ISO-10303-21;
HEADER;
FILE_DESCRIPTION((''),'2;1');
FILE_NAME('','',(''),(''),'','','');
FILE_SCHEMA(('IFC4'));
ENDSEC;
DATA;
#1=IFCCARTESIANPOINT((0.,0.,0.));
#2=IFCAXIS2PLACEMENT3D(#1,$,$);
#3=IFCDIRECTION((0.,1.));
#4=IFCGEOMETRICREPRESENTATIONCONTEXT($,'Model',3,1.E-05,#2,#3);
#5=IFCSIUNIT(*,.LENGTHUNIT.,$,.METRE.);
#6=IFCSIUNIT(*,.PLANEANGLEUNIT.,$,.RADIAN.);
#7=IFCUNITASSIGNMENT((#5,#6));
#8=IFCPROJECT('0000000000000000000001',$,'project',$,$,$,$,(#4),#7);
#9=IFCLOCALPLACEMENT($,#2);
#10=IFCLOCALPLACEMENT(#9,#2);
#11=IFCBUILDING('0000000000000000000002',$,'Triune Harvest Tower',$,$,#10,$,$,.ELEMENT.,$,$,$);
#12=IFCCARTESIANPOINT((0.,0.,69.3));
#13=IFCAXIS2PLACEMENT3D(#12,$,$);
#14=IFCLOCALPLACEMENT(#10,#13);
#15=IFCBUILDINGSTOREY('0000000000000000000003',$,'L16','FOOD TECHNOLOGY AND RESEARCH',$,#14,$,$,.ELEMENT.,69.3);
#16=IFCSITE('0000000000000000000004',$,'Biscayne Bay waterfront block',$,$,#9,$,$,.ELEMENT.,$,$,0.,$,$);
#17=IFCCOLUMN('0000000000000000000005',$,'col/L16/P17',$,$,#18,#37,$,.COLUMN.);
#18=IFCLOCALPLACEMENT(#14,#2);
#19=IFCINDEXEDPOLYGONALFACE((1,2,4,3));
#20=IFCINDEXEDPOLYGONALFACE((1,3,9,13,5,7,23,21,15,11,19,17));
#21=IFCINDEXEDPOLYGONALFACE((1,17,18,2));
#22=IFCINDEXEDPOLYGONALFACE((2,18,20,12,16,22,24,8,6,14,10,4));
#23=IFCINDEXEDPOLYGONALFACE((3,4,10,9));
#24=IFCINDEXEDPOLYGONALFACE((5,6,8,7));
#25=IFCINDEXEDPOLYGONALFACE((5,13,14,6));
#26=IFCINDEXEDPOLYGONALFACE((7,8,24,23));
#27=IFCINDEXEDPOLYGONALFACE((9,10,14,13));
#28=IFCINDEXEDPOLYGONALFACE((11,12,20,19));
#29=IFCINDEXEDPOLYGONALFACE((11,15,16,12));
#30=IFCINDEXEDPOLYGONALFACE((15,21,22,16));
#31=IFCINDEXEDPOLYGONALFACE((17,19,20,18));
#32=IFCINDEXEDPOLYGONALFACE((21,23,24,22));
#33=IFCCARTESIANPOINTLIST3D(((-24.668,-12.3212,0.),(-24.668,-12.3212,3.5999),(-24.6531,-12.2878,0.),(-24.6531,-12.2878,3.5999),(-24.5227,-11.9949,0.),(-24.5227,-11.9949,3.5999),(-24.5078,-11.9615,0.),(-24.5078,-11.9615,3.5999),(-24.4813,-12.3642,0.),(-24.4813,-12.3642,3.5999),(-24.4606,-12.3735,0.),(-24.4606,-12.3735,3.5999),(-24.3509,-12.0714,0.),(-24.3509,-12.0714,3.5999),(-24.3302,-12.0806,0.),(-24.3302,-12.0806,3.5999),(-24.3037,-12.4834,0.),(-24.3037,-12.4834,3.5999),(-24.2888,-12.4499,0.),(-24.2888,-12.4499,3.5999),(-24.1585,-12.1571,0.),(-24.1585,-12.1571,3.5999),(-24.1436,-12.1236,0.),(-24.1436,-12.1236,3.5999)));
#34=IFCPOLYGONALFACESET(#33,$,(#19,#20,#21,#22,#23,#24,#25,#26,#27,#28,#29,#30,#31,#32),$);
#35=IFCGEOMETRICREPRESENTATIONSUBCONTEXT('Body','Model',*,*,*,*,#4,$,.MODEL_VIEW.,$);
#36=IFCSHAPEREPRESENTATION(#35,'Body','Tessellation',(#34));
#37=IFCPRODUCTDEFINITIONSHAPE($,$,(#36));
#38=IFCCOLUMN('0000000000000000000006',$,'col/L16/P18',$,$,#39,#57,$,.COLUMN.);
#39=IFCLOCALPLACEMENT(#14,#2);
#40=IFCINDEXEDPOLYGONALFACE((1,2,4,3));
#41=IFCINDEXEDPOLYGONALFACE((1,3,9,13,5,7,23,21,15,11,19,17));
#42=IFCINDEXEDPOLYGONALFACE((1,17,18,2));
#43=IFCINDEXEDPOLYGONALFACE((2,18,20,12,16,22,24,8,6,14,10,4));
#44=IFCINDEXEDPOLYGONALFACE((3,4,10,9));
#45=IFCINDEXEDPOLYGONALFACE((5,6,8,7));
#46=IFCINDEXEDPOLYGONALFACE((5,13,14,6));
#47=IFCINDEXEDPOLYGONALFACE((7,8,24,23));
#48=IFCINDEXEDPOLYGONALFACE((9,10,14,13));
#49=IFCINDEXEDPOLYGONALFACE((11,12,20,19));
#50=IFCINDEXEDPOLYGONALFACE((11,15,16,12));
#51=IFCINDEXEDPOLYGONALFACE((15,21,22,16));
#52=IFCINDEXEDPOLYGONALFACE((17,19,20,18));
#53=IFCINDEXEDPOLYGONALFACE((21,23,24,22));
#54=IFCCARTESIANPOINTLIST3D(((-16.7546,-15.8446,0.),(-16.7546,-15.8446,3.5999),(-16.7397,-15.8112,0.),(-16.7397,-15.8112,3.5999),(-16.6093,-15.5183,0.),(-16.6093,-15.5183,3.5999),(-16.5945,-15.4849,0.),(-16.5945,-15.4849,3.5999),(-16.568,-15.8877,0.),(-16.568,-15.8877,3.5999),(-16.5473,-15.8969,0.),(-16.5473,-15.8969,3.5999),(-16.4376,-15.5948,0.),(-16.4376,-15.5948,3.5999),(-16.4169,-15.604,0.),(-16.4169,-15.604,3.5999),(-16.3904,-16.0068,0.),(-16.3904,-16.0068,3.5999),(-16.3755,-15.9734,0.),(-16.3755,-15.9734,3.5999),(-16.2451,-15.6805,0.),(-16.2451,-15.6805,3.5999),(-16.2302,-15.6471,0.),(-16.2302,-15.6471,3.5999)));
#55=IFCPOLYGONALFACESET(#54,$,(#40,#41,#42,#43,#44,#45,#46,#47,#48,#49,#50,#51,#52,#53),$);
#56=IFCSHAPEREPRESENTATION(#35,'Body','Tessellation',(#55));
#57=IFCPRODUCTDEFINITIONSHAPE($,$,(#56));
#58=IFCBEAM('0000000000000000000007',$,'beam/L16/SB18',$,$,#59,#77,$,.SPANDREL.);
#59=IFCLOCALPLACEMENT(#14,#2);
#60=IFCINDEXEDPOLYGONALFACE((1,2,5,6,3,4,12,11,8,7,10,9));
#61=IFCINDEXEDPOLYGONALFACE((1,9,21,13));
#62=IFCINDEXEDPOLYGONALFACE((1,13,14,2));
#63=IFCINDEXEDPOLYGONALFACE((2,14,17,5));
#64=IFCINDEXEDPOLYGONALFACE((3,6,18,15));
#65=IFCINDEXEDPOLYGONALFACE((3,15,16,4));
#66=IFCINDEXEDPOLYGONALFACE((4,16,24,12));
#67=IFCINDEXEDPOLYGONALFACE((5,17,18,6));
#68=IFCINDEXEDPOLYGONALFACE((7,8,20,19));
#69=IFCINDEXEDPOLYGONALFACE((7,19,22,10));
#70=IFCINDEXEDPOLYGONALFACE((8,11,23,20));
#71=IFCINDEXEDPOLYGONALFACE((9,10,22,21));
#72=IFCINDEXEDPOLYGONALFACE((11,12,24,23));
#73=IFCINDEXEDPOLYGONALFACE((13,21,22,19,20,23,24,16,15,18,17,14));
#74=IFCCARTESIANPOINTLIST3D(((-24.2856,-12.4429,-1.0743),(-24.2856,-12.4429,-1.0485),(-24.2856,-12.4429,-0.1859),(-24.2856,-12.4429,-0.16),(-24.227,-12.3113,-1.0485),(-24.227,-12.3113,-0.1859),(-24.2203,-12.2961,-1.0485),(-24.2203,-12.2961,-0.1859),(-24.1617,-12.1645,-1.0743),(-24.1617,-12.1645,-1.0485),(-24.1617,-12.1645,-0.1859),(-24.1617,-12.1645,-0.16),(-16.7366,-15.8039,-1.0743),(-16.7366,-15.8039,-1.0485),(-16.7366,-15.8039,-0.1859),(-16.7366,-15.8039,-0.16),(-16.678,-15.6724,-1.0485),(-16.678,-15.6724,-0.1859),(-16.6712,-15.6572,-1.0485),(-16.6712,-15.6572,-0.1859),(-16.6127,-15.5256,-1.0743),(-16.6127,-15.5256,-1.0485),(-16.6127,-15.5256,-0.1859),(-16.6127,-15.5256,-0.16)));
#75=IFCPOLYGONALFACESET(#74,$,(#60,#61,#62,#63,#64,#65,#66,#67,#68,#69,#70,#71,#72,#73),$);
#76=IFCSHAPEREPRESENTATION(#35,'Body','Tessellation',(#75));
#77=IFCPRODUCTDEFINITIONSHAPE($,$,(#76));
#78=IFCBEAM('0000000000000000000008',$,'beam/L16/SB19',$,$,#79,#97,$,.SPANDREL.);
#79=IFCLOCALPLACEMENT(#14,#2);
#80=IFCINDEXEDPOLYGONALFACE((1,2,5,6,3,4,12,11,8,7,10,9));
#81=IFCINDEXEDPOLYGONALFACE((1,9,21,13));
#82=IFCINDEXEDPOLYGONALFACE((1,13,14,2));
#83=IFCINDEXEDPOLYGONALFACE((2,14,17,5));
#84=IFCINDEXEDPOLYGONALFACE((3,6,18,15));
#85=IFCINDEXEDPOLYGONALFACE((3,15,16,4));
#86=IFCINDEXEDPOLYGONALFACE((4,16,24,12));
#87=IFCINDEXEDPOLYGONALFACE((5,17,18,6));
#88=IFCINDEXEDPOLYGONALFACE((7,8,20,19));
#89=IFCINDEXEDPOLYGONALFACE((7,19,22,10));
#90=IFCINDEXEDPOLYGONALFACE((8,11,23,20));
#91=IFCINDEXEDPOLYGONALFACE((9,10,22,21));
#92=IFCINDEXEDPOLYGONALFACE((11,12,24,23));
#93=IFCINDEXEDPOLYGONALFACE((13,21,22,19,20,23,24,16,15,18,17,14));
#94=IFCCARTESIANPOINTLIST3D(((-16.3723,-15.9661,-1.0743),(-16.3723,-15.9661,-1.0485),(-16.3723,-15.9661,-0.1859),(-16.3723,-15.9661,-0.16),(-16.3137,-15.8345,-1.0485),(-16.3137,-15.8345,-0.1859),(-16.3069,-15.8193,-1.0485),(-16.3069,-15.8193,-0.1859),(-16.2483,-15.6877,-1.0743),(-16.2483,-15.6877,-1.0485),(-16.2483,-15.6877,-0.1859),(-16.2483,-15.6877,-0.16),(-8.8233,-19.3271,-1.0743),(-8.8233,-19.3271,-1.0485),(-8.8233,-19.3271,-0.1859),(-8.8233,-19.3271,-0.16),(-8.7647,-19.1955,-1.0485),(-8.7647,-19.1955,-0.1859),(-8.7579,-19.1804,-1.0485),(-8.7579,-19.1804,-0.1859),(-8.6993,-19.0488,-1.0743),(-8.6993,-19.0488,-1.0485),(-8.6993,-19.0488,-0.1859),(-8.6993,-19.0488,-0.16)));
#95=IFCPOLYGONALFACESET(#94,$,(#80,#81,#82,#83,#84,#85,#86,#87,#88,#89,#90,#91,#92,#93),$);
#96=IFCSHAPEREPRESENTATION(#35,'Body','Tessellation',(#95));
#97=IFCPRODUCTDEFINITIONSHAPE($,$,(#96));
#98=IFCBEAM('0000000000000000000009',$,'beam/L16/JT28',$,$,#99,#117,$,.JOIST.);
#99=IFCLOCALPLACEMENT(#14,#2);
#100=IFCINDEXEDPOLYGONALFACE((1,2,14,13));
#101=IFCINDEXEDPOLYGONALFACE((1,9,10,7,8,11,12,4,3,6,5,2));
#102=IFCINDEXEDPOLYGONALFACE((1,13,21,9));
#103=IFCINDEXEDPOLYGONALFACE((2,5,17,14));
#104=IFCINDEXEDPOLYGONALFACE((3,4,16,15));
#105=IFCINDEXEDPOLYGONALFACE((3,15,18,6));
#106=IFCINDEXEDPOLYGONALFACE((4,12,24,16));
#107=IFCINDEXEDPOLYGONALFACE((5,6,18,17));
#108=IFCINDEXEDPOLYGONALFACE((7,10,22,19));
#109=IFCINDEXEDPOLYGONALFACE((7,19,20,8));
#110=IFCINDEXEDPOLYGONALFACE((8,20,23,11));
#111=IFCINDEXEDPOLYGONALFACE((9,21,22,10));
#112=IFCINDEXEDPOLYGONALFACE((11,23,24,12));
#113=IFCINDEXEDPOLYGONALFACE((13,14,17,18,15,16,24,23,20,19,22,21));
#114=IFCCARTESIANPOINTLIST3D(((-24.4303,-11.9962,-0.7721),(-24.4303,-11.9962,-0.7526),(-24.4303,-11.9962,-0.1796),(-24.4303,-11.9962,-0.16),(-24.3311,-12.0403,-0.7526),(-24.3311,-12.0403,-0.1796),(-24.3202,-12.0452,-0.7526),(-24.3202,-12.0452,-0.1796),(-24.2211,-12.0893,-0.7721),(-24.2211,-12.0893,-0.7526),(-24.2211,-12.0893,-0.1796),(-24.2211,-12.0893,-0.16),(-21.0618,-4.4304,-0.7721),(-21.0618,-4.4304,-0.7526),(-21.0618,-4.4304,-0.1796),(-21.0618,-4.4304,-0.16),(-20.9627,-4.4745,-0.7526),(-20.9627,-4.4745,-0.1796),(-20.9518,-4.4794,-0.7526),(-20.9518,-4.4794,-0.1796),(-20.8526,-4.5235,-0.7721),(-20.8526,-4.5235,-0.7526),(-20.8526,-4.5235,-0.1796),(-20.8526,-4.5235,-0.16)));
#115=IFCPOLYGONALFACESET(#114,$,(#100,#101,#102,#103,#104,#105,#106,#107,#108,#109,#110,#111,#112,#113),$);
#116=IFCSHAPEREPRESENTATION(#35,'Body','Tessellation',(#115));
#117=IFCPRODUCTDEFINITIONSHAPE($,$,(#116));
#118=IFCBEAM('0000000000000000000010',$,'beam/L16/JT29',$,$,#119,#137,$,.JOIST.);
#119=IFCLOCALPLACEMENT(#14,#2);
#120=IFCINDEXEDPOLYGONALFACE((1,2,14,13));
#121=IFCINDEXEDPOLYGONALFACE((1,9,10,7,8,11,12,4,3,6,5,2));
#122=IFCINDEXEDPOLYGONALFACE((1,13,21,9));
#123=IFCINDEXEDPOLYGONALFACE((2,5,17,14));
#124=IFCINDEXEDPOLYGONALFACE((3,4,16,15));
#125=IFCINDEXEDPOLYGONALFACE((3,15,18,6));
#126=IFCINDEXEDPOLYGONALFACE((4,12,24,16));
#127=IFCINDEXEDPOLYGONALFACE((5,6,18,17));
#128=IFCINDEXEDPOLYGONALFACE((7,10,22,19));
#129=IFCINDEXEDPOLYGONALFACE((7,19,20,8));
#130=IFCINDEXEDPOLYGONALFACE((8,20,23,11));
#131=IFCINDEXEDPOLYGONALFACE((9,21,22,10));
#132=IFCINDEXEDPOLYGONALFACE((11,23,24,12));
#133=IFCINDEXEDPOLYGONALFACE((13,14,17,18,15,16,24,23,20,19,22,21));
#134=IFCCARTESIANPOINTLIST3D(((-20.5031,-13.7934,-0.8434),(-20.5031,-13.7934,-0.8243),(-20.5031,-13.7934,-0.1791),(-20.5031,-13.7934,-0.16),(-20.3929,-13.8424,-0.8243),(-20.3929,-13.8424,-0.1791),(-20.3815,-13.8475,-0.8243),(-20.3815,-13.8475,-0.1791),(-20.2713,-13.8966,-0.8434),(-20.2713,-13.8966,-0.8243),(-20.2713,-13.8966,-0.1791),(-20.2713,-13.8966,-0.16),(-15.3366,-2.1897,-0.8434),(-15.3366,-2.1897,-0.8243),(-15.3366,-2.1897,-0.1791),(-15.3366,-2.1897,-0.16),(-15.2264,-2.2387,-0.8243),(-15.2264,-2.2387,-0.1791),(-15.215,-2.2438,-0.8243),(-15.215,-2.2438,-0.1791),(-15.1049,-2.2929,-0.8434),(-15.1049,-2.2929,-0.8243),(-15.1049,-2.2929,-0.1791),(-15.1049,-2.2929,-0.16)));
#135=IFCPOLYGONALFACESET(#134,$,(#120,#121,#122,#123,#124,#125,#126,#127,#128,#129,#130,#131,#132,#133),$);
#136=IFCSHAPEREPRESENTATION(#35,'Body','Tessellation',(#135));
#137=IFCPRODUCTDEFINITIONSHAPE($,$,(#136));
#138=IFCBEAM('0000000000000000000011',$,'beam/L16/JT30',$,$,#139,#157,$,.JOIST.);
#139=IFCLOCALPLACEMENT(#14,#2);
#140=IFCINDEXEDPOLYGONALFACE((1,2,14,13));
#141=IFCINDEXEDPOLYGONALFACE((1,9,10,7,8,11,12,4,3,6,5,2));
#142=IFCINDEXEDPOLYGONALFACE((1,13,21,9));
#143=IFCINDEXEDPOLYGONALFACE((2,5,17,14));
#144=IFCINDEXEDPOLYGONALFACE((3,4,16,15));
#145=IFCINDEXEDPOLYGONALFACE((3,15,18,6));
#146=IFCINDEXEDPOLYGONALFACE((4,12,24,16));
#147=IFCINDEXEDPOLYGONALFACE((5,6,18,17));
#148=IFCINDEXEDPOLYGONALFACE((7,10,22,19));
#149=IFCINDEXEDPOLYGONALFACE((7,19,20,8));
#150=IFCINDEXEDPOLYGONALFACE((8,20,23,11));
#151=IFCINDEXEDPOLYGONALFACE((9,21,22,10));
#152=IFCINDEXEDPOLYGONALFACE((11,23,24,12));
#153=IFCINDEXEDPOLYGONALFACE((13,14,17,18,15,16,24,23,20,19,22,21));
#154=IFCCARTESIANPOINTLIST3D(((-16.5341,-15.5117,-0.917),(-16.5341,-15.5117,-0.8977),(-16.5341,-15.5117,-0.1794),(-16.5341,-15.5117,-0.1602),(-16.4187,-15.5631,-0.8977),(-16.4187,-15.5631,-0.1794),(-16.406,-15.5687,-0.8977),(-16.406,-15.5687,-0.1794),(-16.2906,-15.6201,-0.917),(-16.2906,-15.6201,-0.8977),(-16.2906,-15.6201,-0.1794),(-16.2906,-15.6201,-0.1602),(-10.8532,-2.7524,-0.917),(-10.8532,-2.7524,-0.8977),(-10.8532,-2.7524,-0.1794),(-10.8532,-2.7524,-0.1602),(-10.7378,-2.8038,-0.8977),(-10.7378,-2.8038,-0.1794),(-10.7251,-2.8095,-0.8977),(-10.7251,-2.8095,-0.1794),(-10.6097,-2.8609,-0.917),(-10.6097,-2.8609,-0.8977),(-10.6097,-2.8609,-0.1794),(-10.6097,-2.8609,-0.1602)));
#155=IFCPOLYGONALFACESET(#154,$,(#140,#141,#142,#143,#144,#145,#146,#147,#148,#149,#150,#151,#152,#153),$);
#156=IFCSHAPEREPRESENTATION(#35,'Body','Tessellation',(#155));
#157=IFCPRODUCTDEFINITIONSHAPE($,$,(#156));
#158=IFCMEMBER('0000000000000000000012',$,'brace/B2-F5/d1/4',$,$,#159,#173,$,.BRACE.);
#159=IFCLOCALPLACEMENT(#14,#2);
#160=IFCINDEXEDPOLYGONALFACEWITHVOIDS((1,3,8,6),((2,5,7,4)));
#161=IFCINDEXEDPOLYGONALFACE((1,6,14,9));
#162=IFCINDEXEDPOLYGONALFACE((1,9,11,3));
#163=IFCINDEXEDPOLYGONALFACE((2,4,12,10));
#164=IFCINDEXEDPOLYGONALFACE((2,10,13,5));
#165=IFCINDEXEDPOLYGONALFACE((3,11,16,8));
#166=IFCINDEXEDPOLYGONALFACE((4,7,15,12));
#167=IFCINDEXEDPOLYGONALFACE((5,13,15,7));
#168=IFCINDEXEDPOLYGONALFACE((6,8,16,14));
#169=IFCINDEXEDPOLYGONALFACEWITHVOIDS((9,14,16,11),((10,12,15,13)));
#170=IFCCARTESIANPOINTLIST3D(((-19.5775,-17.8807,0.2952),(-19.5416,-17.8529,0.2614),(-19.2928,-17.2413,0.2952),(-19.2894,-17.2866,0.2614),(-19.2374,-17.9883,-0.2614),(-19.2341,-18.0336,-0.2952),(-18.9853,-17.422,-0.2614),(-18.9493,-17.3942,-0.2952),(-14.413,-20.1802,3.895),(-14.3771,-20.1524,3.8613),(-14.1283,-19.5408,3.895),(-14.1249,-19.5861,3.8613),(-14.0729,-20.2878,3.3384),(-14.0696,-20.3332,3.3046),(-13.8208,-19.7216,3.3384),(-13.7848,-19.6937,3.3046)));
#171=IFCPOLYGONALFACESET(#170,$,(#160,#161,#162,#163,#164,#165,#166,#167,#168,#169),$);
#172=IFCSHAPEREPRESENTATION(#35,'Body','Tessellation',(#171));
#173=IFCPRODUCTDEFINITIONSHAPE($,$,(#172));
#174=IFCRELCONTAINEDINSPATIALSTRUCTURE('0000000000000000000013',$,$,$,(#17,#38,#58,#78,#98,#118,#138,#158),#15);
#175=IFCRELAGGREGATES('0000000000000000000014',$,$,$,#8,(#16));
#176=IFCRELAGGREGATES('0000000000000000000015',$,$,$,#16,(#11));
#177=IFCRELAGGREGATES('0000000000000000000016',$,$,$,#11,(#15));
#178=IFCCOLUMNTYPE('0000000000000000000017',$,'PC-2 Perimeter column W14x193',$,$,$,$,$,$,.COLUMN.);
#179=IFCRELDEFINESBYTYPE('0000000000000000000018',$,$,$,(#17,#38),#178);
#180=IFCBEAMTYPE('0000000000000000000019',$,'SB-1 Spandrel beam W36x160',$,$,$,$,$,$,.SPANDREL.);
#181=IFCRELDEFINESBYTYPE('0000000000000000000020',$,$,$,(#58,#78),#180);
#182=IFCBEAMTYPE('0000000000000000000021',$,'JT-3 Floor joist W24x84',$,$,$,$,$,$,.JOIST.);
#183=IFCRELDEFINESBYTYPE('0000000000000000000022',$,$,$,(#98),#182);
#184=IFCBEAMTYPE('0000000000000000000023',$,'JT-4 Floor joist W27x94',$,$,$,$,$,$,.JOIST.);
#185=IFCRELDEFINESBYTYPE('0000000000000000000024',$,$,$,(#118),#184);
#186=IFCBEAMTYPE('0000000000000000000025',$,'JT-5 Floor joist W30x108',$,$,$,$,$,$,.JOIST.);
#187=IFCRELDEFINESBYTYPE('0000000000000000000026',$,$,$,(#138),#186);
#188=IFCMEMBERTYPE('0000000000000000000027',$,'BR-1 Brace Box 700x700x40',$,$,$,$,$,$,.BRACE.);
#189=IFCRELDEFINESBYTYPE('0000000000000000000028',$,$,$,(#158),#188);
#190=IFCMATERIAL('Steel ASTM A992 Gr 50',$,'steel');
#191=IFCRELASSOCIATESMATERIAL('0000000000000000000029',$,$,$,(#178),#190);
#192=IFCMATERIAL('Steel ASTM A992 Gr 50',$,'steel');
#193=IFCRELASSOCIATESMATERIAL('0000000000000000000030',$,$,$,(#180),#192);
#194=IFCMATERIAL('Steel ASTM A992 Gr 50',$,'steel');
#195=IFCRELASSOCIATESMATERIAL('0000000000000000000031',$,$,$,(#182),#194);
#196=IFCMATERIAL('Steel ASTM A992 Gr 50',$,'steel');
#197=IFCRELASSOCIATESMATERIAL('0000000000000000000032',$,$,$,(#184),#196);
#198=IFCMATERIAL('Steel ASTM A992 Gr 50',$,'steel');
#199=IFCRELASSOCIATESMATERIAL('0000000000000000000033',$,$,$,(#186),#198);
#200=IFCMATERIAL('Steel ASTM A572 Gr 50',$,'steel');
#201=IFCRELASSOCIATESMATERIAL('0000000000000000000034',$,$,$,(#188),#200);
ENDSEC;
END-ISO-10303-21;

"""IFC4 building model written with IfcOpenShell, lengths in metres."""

from ifc_helpers import new_model, si_unit, direction, frame, origin, origin_2d, place, context, subcontext, project, spatial, hollow_rectangle, i_section, extrude, source, transform, mapped, material, material_profile, profile_set, type_object, element, save


model = new_model("IFC4")

# Units and contexts
model_context = context("Model", 3, precision=1e-05, world=origin(), true_north=direction((0.0, 1.0)))
body_context = subcontext(model_context, "Body", "Model", "MODEL_VIEW")
ifc_project = project(units=[si_unit("LENGTHUNIT", "METRE"), si_unit("PLANEANGLEUNIT", "RADIAN")], contexts=[model_context])

# Site, building, storey
site_placement = place(None, origin())
site = spatial("IfcSite", under=ifc_project, at=site_placement, Name="Biscayne Bay waterfront block", CompositionType="ELEMENT", RefElevation=0.0)
building_placement = place(site_placement, origin())
building = spatial("IfcBuilding", under=site, at=building_placement, Name="Triune Harvest Tower", CompositionType="ELEMENT")
storey_placement = place(building_placement, frame((0.0, 0.0, 69.3)))
storey = spatial("IfcBuildingStorey", under=building, at=storey_placement, Name="L16", Description="FOOD TECHNOLOGY AND RESEARCH", CompositionType="ELEMENT", Elevation=69.3)

# Columns
ifc_material_1 = material(Name="Steel ASTM A992 Gr 50", Category="steel")
ifc_material_profile_1 = material_profile(ifc_material_1, i_section(OverallWidth=0.3987, OverallDepth=0.3938, WebThickness=0.0227, FlangeThickness=0.0366, at=origin_2d()), Name="W14x193")
ifc_profile_set_1 = profile_set([ifc_material_profile_1], Name="Steel ASTM A992 Gr 50")
column_type = type_object("IfcColumnType", Name="PC-2 Perimeter column W14x193", PredefinedType="COLUMN", material=ifc_profile_set_1)
shared_shape_1 = source(origin(), body_context, "Body", "SweptSolid", [
    extrude(i_section(OverallWidth=0.3987, OverallDepth=0.3938, WebThickness=0.0227, FlangeThickness=0.0366, at=origin_2d()), origin(), (0.0, 0.0, 1.0), 3.5999),
])
for number, where, z_axis, x_axis, name in (
    (1, (-24.4058, -12.2224, 0.0), (0.0, 0.0, 1.0), (0.913545, -0.406737, 0.0), "col/L16/P17"),
    (2, (-16.4924, -15.7458, 0.0), (0.0, 0.0, 1.0), (0.913545, -0.406737, 0.0), "col/L16/P18"),
):
    element("IfcColumn", number, at=place(storey_placement, frame(where, z_axis=z_axis, x_axis=x_axis)), inside=storey, type_object=column_type, Name=name, PredefinedType="COLUMN", context=body_context, shape_type="MappedRepresentation", body=[
        mapped(shared_shape_1, transform((0.0, 0.0, 0.0), scale=1.0)),
    ])

# Beams
ifc_material_2 = material(Name="Steel ASTM A992 Gr 50", Category="steel")
ifc_material_profile_2 = material_profile(ifc_material_2, i_section(OverallWidth=0.3047, OverallDepth=0.9143, WebThickness=0.0166, FlangeThickness=0.0259, at=origin_2d()), Name="W36x160")
ifc_profile_set_2 = profile_set([ifc_material_profile_2], Name="Steel ASTM A992 Gr 50")
beam_type_1 = type_object("IfcBeamType", Name="SB-1 Spandrel beam W36x160", PredefinedType="SPANDREL", material=ifc_profile_set_2)
shared_shape_2 = source(origin(), body_context, "Body", "SweptSolid", [
    extrude(i_section(OverallWidth=0.3047, OverallDepth=0.9143, WebThickness=0.0166, FlangeThickness=0.0259, at=origin_2d()), origin(), (0.0, 0.0, 1.0), 8.2634),
])
for number, where, z_axis, x_axis, name in (
    (3, (-24.2236, -12.3037, -0.6172), (0.913545, -0.406739, 0.0), (0.406739, 0.913545, 0.0), "beam/L16/SB18"),
    (4, (-16.3103, -15.8269, -0.6172), (0.913545, -0.406739, 0.0), (0.406739, 0.913545, 0.0), "beam/L16/SB19"),
):
    element("IfcBeam", number, at=place(storey_placement, frame(where, z_axis=z_axis, x_axis=x_axis)), inside=storey, type_object=beam_type_1, Name=name, PredefinedType="SPANDREL", context=body_context, shape_type="MappedRepresentation", body=[
        mapped(shared_shape_2, transform((0.0, 0.0, 0.0), scale=1.0)),
    ])
ifc_material_3 = material(Name="Steel ASTM A992 Gr 50", Category="steel")
ifc_material_profile_3 = material_profile(ifc_material_3, i_section(OverallWidth=0.229, OverallDepth=0.6121, WebThickness=0.012, FlangeThickness=0.0195, at=origin_2d()), Name="W24x84")
ifc_profile_set_3 = profile_set([ifc_material_profile_3], Name="Steel ASTM A992 Gr 50")
beam_type_2 = type_object("IfcBeamType", Name="JT-3 Floor joist W24x84", PredefinedType="JOIST", material=ifc_profile_set_3)
shared_shape_3 = source(origin(), body_context, "Body", "SweptSolid", [
    extrude(i_section(OverallWidth=0.229, OverallDepth=0.6121, WebThickness=0.012, FlangeThickness=0.0195, at=origin_2d()), origin(), (0.0, 0.0, 1.0), 8.2817),
])
beam_1_placement = place(storey_placement, frame((-24.3257, -12.0427, -0.4661), z_axis=(0.406732, 0.913548, 0.0), x_axis=(-0.913548, 0.406732, 0.0)))
element("IfcBeam", 5, at=beam_1_placement, inside=storey, type_object=beam_type_2, Name="beam/L16/JT28", PredefinedType="JOIST", context=body_context, shape_type="MappedRepresentation", body=[
    mapped(shared_shape_3, transform((0.0, 0.0, 0.0), scale=1.0)),
])
ifc_material_4 = material(Name="Steel ASTM A992 Gr 50", Category="steel")
ifc_material_profile_4 = material_profile(ifc_material_4, i_section(OverallWidth=0.2537, OverallDepth=0.6833, WebThickness=0.0125, FlangeThickness=0.019, at=origin_2d()), Name="W27x94")
ifc_profile_set_4 = profile_set([ifc_material_profile_4], Name="Steel ASTM A992 Gr 50")
beam_type_3 = type_object("IfcBeamType", Name="JT-4 Floor joist W27x94", PredefinedType="JOIST", material=ifc_profile_set_4)
shared_shape_4 = source(origin(), body_context, "Body", "SweptSolid", [
    extrude(i_section(OverallWidth=0.2537, OverallDepth=0.6833, WebThickness=0.0125, FlangeThickness=0.019, at=origin_2d()), origin(), (0.0, 0.0, 1.0), 12.7019),
])
beam_2_placement = place(storey_placement, frame((-20.3872, -13.845, -0.5017), z_axis=(0.406748, 0.91354, 0.0), x_axis=(-0.91354, 0.406748, 0.0)))
element("IfcBeam", 6, at=beam_2_placement, inside=storey, type_object=beam_type_3, Name="beam/L16/JT29", PredefinedType="JOIST", context=body_context, shape_type="MappedRepresentation", body=[
    mapped(shared_shape_4, transform((0.0, 0.0, 0.0), scale=1.0)),
])
ifc_material_5 = material(Name="Steel ASTM A992 Gr 50", Category="steel")
ifc_material_profile_5 = material_profile(ifc_material_5, i_section(OverallWidth=0.2666, OverallDepth=0.7568, WebThickness=0.0139, FlangeThickness=0.0193, at=origin_2d()), Name="W30x108")
ifc_profile_set_5 = profile_set([ifc_material_profile_5], Name="Steel ASTM A992 Gr 50")
beam_type_4 = type_object("IfcBeamType", Name="JT-5 Floor joist W30x108", PredefinedType="JOIST", material=ifc_profile_set_5)
shared_shape_5 = source(origin(), body_context, "Body", "SweptSolid", [
    extrude(i_section(OverallWidth=0.2666, OverallDepth=0.7568, WebThickness=0.0139, FlangeThickness=0.0193, at=origin_2d()), origin(), (0.0, 0.0, 1.0), 13.9668),
])
beam_3_placement = place(storey_placement, frame((-16.4124, -15.5659, -0.5386), z_axis=(0.406743, 0.913542, 0.0), x_axis=(-0.913542, 0.406743, 0.0)))
element("IfcBeam", 7, at=beam_3_placement, inside=storey, type_object=beam_type_4, Name="beam/L16/JT30", PredefinedType="JOIST", context=body_context, shape_type="MappedRepresentation", body=[
    mapped(shared_shape_5, transform((0.0, 0.0, 0.0), scale=1.0)),
])

# Member
ifc_material_6 = material(Name="Steel ASTM A572 Gr 50", Category="steel")
ifc_material_profile_6 = material_profile(ifc_material_6, hollow_rectangle(XDim=0.7, YDim=0.7, WallThickness=0.04, at=origin_2d()), Name="Box 700x700x40")
ifc_profile_set_6 = profile_set([ifc_material_profile_6], Name="Steel ASTM A572 Gr 50")
member_type_1 = type_object("IfcMemberType", Name="BR-1 Brace Box 700x700x40", PredefinedType="BRACE", material=ifc_profile_set_6)
shared_shape_6 = source(origin(), body_context, "Body", "SweptSolid", [
    extrude(hollow_rectangle(XDim=0.7, YDim=0.7, WallThickness=0.04, at=origin_2d()), origin(), (0.0, 0.0, 1.0), 6.7021),
])
member_1_placement = place(storey_placement, frame((-19.2634, -17.6375, 0.0), z_axis=(0.770575, -0.343105, 0.537115), x_axis=(0.406759, 0.913535, 0.0)))
element("IfcMember", 8, at=member_1_placement, inside=storey, type_object=member_type_1, Name="brace/B2-F5/d1/4", PredefinedType="BRACE", context=body_context, shape_type="MappedRepresentation", body=[
    mapped(shared_shape_6, transform((0.0, 0.0, 0.0), scale=1.0)),
])

save(model, "model.ifc")
